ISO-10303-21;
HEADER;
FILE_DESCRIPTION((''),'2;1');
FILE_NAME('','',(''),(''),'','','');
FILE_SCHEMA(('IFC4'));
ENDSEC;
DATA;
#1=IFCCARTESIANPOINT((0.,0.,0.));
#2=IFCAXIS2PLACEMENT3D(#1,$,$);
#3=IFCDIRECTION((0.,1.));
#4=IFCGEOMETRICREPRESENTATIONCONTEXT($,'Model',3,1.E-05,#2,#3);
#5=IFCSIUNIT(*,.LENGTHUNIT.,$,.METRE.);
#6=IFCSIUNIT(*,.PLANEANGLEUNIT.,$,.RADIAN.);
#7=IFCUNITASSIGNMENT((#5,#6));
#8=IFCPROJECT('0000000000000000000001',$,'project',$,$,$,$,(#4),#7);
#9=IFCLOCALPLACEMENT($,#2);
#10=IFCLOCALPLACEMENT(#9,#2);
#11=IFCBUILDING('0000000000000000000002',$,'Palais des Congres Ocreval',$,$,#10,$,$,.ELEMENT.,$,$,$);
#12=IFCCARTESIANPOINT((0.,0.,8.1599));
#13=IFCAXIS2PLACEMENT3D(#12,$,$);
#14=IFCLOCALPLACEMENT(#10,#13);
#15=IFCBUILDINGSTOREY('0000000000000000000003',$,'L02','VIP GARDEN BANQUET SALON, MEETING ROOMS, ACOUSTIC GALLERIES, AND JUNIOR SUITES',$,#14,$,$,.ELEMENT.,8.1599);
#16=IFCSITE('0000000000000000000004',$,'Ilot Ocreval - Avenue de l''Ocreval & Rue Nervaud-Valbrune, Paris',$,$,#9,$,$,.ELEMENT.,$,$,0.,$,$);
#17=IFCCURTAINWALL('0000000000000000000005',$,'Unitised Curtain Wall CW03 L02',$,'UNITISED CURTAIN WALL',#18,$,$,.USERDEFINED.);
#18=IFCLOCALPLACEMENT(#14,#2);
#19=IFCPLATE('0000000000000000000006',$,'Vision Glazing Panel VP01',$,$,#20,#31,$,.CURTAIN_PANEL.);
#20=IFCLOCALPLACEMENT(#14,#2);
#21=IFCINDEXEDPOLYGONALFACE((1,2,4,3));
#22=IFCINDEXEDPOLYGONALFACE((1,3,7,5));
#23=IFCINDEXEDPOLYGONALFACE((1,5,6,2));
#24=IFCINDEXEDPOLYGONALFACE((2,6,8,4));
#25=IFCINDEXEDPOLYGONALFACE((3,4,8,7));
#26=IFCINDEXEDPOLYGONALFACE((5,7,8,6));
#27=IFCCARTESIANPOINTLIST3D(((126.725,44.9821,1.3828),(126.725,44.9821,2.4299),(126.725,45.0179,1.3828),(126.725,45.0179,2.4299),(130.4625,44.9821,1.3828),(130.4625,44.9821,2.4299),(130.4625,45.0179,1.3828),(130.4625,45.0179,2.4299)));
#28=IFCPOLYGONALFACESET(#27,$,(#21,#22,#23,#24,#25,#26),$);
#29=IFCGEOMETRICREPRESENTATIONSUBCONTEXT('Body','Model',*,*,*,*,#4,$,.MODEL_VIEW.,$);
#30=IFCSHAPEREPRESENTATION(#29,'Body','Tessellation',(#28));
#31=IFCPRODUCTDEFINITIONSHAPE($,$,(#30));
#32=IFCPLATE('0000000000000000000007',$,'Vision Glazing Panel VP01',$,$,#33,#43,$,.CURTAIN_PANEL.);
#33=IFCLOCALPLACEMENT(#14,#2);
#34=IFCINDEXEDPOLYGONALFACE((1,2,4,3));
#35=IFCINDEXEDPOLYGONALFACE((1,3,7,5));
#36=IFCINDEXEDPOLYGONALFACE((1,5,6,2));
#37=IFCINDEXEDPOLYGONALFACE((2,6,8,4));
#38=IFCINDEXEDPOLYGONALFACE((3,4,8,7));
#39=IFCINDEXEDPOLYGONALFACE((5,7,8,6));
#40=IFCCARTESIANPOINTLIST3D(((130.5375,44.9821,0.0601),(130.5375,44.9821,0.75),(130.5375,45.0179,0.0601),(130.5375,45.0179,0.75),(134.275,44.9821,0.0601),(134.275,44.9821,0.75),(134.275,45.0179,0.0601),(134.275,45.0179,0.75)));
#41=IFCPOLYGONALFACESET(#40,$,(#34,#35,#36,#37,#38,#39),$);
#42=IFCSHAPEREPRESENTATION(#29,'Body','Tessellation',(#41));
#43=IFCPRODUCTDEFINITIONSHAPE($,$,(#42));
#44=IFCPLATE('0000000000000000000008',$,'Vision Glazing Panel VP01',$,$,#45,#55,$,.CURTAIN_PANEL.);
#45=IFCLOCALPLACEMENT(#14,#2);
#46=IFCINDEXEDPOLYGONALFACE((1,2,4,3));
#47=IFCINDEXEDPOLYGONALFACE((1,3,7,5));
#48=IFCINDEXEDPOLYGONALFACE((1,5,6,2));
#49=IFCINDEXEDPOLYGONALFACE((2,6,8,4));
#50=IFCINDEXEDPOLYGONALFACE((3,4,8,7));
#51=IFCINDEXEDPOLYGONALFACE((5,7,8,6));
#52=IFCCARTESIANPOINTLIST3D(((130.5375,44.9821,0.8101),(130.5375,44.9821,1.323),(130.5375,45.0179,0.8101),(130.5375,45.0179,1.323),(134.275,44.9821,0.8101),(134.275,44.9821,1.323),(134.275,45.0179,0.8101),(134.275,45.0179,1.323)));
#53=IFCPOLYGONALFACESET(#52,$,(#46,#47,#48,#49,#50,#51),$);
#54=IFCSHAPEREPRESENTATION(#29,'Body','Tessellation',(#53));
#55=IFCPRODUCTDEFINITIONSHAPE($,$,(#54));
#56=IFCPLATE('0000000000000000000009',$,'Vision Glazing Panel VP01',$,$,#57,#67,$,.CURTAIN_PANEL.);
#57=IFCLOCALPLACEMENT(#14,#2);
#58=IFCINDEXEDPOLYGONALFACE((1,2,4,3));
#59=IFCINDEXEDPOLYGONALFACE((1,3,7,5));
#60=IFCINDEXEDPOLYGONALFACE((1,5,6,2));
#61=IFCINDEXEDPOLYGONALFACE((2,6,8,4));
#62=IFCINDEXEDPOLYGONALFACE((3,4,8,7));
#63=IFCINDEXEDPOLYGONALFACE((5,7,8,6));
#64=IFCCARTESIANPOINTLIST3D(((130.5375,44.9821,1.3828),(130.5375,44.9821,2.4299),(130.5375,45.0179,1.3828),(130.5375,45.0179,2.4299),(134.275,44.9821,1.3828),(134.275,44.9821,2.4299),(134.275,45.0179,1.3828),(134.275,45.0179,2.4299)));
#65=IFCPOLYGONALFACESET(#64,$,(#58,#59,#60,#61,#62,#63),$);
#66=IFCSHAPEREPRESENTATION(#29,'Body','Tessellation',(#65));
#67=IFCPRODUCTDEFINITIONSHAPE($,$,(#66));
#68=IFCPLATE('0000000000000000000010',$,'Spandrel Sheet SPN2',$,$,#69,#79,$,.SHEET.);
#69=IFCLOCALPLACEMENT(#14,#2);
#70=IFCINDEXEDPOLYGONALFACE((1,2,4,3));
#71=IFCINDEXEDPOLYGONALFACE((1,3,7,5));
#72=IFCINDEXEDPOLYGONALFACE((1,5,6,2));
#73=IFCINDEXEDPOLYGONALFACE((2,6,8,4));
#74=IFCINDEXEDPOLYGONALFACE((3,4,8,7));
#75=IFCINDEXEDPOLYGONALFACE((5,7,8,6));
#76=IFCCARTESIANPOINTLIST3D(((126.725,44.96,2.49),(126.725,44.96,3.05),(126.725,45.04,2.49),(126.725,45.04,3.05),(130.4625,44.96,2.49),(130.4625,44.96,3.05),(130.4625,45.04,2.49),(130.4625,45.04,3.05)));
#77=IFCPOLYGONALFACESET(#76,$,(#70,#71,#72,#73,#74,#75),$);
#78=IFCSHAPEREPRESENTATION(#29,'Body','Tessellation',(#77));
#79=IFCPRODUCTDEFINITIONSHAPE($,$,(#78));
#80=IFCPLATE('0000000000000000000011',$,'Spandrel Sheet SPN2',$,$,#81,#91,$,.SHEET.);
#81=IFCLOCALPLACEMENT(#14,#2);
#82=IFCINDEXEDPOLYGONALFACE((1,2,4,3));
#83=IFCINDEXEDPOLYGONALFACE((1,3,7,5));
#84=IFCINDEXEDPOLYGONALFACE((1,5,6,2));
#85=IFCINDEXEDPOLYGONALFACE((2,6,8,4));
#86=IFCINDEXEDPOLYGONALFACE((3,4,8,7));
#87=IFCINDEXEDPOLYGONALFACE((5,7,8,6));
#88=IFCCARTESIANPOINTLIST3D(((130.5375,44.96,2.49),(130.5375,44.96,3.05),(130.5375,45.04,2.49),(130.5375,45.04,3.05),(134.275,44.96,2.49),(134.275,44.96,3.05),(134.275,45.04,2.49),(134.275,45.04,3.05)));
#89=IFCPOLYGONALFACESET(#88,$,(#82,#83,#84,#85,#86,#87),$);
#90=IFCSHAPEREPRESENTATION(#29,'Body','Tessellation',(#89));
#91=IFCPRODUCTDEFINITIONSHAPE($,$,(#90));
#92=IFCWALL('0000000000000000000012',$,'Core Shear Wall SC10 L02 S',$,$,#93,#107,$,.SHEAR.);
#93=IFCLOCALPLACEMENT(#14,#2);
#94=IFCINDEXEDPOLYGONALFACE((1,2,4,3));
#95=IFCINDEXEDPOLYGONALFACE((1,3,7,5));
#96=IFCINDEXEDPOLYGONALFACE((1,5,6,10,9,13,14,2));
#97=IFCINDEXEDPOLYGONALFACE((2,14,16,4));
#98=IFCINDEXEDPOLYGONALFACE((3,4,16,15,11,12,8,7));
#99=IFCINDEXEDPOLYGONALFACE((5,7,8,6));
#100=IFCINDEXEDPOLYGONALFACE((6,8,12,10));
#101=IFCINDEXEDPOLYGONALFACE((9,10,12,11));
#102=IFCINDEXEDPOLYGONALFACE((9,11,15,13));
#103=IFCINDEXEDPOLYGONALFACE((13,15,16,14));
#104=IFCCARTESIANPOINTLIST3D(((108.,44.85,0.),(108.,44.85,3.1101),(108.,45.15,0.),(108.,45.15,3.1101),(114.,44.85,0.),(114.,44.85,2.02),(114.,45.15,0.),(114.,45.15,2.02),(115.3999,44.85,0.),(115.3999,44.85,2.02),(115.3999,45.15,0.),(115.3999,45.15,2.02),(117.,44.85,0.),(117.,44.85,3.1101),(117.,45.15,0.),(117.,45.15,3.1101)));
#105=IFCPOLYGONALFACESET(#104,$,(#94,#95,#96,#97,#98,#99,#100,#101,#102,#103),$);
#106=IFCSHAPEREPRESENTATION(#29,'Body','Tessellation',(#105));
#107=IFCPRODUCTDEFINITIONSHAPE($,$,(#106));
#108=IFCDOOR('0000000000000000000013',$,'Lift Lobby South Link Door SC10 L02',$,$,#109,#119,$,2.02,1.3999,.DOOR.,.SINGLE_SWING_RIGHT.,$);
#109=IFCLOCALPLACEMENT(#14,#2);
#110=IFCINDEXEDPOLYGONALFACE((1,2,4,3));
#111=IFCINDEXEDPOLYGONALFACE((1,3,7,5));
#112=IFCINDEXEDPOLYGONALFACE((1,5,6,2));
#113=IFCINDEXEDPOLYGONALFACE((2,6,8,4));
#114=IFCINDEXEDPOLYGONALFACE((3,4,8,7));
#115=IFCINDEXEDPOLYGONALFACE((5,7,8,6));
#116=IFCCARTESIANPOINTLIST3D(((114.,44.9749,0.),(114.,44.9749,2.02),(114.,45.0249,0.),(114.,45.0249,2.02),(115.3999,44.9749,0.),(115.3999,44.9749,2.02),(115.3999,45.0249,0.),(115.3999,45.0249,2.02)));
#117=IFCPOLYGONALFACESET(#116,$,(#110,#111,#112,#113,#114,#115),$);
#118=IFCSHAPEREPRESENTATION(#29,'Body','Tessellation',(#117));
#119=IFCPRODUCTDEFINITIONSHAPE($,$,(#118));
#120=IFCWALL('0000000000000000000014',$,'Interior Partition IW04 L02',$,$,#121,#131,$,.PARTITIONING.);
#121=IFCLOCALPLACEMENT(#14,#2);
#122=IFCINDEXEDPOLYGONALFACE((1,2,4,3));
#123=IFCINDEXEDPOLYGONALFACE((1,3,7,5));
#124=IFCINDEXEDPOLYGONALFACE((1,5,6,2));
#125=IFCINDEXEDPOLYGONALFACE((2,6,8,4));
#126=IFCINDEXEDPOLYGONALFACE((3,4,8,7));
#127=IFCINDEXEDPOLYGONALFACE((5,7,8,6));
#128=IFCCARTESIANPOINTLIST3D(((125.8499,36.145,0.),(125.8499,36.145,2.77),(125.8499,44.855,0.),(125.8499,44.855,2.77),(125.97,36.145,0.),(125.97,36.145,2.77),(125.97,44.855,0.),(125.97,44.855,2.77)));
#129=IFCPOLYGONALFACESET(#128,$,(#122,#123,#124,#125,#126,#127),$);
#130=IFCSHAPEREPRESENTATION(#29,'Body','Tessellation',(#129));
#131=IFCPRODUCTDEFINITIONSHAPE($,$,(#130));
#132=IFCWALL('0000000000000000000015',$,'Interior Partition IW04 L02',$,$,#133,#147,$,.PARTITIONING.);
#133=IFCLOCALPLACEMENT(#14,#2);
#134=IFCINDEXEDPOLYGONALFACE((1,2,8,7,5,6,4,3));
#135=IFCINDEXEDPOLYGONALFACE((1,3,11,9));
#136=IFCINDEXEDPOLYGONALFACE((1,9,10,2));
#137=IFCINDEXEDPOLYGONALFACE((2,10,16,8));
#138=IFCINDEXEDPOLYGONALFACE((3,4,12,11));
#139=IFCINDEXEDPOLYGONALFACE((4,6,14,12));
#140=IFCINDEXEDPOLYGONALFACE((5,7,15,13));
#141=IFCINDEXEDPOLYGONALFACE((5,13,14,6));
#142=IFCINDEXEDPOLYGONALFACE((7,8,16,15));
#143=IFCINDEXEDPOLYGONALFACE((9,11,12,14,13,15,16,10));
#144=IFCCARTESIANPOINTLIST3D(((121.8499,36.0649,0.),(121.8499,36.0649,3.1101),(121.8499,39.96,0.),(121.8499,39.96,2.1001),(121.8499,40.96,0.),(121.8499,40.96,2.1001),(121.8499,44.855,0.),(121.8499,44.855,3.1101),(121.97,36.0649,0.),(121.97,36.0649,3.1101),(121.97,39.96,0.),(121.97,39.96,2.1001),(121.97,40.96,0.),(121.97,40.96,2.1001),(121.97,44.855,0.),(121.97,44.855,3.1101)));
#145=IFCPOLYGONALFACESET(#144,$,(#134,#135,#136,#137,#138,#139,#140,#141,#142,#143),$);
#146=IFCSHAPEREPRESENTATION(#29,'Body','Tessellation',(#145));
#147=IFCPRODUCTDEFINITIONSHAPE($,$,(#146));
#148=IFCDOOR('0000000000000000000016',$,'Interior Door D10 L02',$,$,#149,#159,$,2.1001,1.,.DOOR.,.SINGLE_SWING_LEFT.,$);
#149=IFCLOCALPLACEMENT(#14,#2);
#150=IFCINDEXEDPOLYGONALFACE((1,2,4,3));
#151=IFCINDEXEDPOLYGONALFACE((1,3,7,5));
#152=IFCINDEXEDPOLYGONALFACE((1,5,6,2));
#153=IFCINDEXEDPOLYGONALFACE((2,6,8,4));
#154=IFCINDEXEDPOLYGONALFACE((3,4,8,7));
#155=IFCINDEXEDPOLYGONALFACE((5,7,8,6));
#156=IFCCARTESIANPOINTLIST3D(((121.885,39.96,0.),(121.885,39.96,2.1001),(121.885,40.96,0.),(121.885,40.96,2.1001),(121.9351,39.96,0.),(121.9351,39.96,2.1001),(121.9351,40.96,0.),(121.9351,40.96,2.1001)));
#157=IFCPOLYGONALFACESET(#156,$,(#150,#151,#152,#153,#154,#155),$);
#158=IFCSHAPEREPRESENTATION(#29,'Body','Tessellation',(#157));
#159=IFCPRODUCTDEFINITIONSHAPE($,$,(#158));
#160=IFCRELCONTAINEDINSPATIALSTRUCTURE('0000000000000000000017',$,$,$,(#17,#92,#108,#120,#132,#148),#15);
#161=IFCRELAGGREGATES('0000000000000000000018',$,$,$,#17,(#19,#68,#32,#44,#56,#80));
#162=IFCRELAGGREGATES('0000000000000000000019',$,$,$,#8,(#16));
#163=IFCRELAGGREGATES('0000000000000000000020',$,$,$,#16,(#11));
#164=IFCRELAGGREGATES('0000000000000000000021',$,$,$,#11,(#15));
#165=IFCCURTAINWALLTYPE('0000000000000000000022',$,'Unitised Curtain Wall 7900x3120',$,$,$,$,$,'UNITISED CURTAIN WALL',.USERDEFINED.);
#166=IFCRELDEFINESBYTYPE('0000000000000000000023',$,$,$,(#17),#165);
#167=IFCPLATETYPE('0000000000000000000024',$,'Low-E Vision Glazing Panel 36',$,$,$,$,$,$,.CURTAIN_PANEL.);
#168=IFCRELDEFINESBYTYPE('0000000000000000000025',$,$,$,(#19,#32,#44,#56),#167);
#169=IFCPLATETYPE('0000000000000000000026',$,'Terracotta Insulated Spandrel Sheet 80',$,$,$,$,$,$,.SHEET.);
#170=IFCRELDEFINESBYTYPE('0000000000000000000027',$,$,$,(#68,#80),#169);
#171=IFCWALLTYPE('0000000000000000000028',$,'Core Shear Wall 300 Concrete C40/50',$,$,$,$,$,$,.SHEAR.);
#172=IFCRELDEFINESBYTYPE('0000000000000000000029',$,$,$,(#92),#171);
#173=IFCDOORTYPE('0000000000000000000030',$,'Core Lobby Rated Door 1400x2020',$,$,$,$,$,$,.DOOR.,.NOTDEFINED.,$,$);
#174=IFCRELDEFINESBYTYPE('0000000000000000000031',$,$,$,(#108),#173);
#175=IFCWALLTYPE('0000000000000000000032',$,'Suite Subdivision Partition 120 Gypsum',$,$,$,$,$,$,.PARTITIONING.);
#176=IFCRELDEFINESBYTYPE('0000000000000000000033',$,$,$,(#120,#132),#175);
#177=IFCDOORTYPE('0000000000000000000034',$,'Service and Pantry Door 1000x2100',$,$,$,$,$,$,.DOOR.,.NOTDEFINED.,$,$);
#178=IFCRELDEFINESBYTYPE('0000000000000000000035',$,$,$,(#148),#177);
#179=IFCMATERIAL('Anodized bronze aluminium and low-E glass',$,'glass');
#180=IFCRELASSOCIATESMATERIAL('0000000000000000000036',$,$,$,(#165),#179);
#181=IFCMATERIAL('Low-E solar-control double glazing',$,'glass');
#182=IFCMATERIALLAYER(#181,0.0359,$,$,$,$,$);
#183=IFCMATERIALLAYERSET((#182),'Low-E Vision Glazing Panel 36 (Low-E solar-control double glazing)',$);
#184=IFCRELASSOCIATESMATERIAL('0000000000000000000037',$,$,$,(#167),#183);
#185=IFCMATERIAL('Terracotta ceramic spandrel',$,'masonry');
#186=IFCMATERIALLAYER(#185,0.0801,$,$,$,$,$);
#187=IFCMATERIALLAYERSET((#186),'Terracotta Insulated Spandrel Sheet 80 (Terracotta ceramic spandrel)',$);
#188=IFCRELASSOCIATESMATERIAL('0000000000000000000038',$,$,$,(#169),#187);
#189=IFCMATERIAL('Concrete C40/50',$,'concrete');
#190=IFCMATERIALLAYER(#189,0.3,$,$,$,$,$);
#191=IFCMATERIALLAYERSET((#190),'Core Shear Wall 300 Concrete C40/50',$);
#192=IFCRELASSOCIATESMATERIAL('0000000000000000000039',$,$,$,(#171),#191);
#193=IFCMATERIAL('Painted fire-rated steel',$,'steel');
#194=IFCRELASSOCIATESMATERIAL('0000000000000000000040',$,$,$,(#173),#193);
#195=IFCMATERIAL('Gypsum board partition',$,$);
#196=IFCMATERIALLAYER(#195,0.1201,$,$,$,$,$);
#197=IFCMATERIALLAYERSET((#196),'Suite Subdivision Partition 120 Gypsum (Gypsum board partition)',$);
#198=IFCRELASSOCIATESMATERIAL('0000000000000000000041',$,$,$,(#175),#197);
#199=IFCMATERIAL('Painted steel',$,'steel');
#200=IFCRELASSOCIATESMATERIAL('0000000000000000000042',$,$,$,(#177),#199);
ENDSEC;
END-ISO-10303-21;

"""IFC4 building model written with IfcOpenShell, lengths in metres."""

from ifc_helpers import new_model, si_unit, direction, frame, frame_2d, origin, origin_2d, place, context, subcontext, project, spatial, rectangle, extrude, material, layer, layer_set, type_object, element, fill, aggregate, save


model = new_model("IFC4")

# Units and contexts
model_context = context("Model", 3, precision=1e-05, world=origin(), true_north=direction((0.0, 1.0)))
body_context = subcontext(model_context, "Body", "Model", "MODEL_VIEW")
ifc_project = project(units=[si_unit("LENGTHUNIT", "METRE"), si_unit("PLANEANGLEUNIT", "RADIAN")], contexts=[model_context])

# Site, building, storey
site_placement = place(None, origin())
site = spatial("IfcSite", under=ifc_project, at=site_placement, Name="Ilot Ocreval - Avenue de l'Ocreval & Rue Nervaud-Valbrune, Paris", CompositionType="ELEMENT", RefElevation=0.0)
building_placement = place(site_placement, origin())
building = spatial("IfcBuilding", under=site, at=building_placement, Name="Palais des Congres Ocreval", CompositionType="ELEMENT")
storey_placement = place(building_placement, frame((0.0, 0.0, 8.1599)))
storey = spatial("IfcBuildingStorey", under=building, at=storey_placement, Name="L02", Description="VIP GARDEN BANQUET SALON, MEETING ROOMS, ACOUSTIC GALLERIES, AND JUNIOR SUITES", CompositionType="ELEMENT", Elevation=8.1599)

# Curtain wall
ifc_material_1 = material(Name="Anodized bronze aluminium and low-E glass", Category="glass")
curtain_wall_type = type_object("IfcCurtainWallType", Name="Unitised Curtain Wall 7900x3120", ElementType="UNITISED CURTAIN WALL", PredefinedType="USERDEFINED", material=ifc_material_1)
curtain_wall_placement = place(storey_placement, origin())
curtain_wall = element("IfcCurtainWall", 1, at=curtain_wall_placement, inside=storey, type_object=curtain_wall_type, Name="Unitised Curtain Wall CW03 L02", ObjectType="UNITISED CURTAIN WALL", PredefinedType="USERDEFINED")

# Shared definitions
ifc_material_2 = material(Name="Concrete C40/50", Category="concrete")

# Plates
ifc_material_3 = material(Name="Low-E solar-control double glazing", Category="glass")
ifc_layer_1 = layer(ifc_material_3, 0.0359)
ifc_layer_set_1 = layer_set([ifc_layer_1], Name="Low-E Vision Glazing Panel 36 (Low-E solar-control double glazing)")
plate_type_1 = type_object("IfcPlateType", Name="Low-E Vision Glazing Panel 36", PredefinedType="CURTAIN_PANEL", material=ifc_layer_set_1)
plate_1_placement = place(storey_placement, frame((128.5938, 45.0, 1.3828), z_axis=(0.0, 0.0, 1.0), x_axis=(1.0, 0.0, 0.0)))
plate_1 = element("IfcPlate", 2, at=plate_1_placement, type_object=plate_type_1, Name="Vision Glazing Panel VP01", PredefinedType="CURTAIN_PANEL", context=body_context, shape_type="SweptSolid", body=[
    extrude(rectangle(XDim=3.7375, YDim=0.0359, at=origin_2d()), origin(), (0.0, 0.0, 1.0), 1.0471),
])
plate_2_placement = place(storey_placement, frame((132.4062, 45.0, 0.0601), z_axis=(0.0, 0.0, 1.0), x_axis=(1.0, 0.0, 0.0)))
plate_2 = element("IfcPlate", 3, at=plate_2_placement, type_object=plate_type_1, Name="Vision Glazing Panel VP01", PredefinedType="CURTAIN_PANEL", context=body_context, shape_type="SweptSolid", body=[
    extrude(rectangle(XDim=3.7375, YDim=0.0359, at=origin_2d()), origin(), (0.0, 0.0, 1.0), 0.6899),
])
plate_3_placement = place(storey_placement, frame((132.4062, 45.0, 0.8101), z_axis=(0.0, 0.0, 1.0), x_axis=(1.0, 0.0, 0.0)))
plate_3 = element("IfcPlate", 4, at=plate_3_placement, type_object=plate_type_1, Name="Vision Glazing Panel VP01", PredefinedType="CURTAIN_PANEL", context=body_context, shape_type="SweptSolid", body=[
    extrude(rectangle(XDim=3.7375, YDim=0.0359, at=origin_2d()), origin(), (0.0, 0.0, 1.0), 0.5129),
])
plate_4_placement = place(storey_placement, frame((132.4062, 45.0, 1.3828), z_axis=(0.0, 0.0, 1.0), x_axis=(1.0, 0.0, 0.0)))
plate_4 = element("IfcPlate", 5, at=plate_4_placement, type_object=plate_type_1, Name="Vision Glazing Panel VP01", PredefinedType="CURTAIN_PANEL", context=body_context, shape_type="SweptSolid", body=[
    extrude(rectangle(XDim=3.7375, YDim=0.0359, at=origin_2d()), origin(), (0.0, 0.0, 1.0), 1.0471),
])
ifc_material_4 = material(Name="Terracotta ceramic spandrel", Category="masonry")
ifc_layer_2 = layer(ifc_material_4, 0.0801)
ifc_layer_set_2 = layer_set([ifc_layer_2], Name="Terracotta Insulated Spandrel Sheet 80 (Terracotta ceramic spandrel)")
plate_type_2 = type_object("IfcPlateType", Name="Terracotta Insulated Spandrel Sheet 80", PredefinedType="SHEET", material=ifc_layer_set_2)
plate_5_placement = place(storey_placement, frame((128.5938, 45.0, 2.49), z_axis=(0.0, 0.0, 1.0), x_axis=(1.0, 0.0, 0.0)))
plate_5 = element("IfcPlate", 6, at=plate_5_placement, type_object=plate_type_2, Name="Spandrel Sheet SPN2", PredefinedType="SHEET", context=body_context, shape_type="SweptSolid", body=[
    extrude(rectangle(XDim=3.7375, YDim=0.0801, at=origin_2d()), origin(), (0.0, 0.0, 1.0), 0.5601),
])
plate_6_placement = place(storey_placement, frame((132.4062, 45.0, 2.49), z_axis=(0.0, 0.0, 1.0), x_axis=(1.0, 0.0, 0.0)))
plate_6 = element("IfcPlate", 7, at=plate_6_placement, type_object=plate_type_2, Name="Spandrel Sheet SPN2", PredefinedType="SHEET", context=body_context, shape_type="SweptSolid", body=[
    extrude(rectangle(XDim=3.7375, YDim=0.0801, at=origin_2d()), origin(), (0.0, 0.0, 1.0), 0.5601),
])
aggregate(curtain_wall, [plate_1, plate_5, plate_2, plate_3, plate_4, plate_6])

# Wall, opening, door
ifc_layer_3 = layer(ifc_material_2, 0.3)
ifc_layer_set_3 = layer_set([ifc_layer_3], Name="Core Shear Wall 300 Concrete C40/50")
wall_type_1 = type_object("IfcWallType", Name="Core Shear Wall 300 Concrete C40/50", PredefinedType="SHEAR", material=ifc_layer_set_3)
wall_1_placement = place(storey_placement, frame((108.0, 45.0, 0.0), z_axis=(0.0, 0.0, 1.0), x_axis=(1.0, 0.0, 0.0)))
wall_1 = element("IfcWall", 8, at=wall_1_placement, inside=storey, type_object=wall_type_1, Name="Core Shear Wall SC10 L02 S", PredefinedType="SHEAR", context=body_context, shape_type="SweptSolid", body=[
    extrude(rectangle(XDim=9.0, YDim=0.3, at=frame_2d((4.5, 0.0))), origin(), (0.0, 0.0, 1.0), 3.1101),
])
opening_1_placement = place(wall_1_placement, frame((6.0, 0.0, 0.0)))
opening_1 = element("IfcOpeningElement", 9, at=opening_1_placement, cuts=wall_1, PredefinedType="OPENING", context=body_context, shape_type="SweptSolid", body=[
    extrude(rectangle(XDim=1.3999, YDim=2.02, at=frame_2d((0.7, 1.01))), frame((0.0, 0.1599, 0.0), z_axis=(0.0, -1.0, 0.0), x_axis=(1.0, 0.0, 0.0)), (0.0, 0.0, 1.0), 0.3201),
])
ifc_material_5 = material(Name="Painted fire-rated steel", Category="steel")
door_type_1 = type_object("IfcDoorType", Name="Core Lobby Rated Door 1400x2020", OperationType="NOTDEFINED", PredefinedType="DOOR", material=ifc_material_5)
door_1_placement = place(opening_1_placement, origin())
door_1 = element("IfcDoor", 10, at=door_1_placement, inside=storey, type_object=door_type_1, Name="Lift Lobby South Link Door SC10 L02", OperationType="SINGLE_SWING_RIGHT", OverallHeight=2.02, OverallWidth=1.3999, PredefinedType="DOOR", context=body_context, shape_type="SweptSolid", body=[
    extrude(rectangle(XDim=1.3999, YDim=2.02, at=frame_2d((0.7, 1.01))), frame((0.0, 0.0249, 0.0), z_axis=(0.0, -1.0, 0.0), x_axis=(1.0, 0.0, 0.0)), (0.0, 0.0, 1.0), 0.05),
])
fill(opening_1, door_1)

# Wall
ifc_material_6 = material(Name="Gypsum board partition")
ifc_layer_4 = layer(ifc_material_6, 0.1201)
ifc_layer_set_4 = layer_set([ifc_layer_4], Name="Suite Subdivision Partition 120 Gypsum (Gypsum board partition)")
wall_type_2 = type_object("IfcWallType", Name="Suite Subdivision Partition 120 Gypsum", PredefinedType="PARTITIONING", material=ifc_layer_set_4)
wall_2_placement = place(storey_placement, frame((125.9099, 36.145, 0.0), z_axis=(0.0, 0.0, 1.0), x_axis=(0.0, 1.0, 0.0)))
element("IfcWall", 11, at=wall_2_placement, inside=storey, type_object=wall_type_2, Name="Interior Partition IW04 L02", PredefinedType="PARTITIONING", context=body_context, shape_type="SweptSolid", body=[
    extrude(rectangle(XDim=8.71, YDim=0.1201, at=frame_2d((4.355, 0.0))), origin(), (0.0, 0.0, 1.0), 2.77),
])

# Wall, opening, door
wall_3_placement = place(storey_placement, frame((121.9099, 36.0649, 0.0), z_axis=(0.0, 0.0, 1.0), x_axis=(0.0, 1.0, 0.0)))
wall_3 = element("IfcWall", 12, at=wall_3_placement, inside=storey, type_object=wall_type_2, Name="Interior Partition IW04 L02", PredefinedType="PARTITIONING", context=body_context, shape_type="SweptSolid", body=[
    extrude(rectangle(XDim=8.79, YDim=0.1201, at=frame_2d((4.395, 0.0))), origin(), (0.0, 0.0, 1.0), 3.1101),
])
opening_2_placement = place(wall_3_placement, frame((3.895, 0.0, 0.0)))
opening_2 = element("IfcOpeningElement", 13, at=opening_2_placement, cuts=wall_3, PredefinedType="OPENING", context=body_context, shape_type="SweptSolid", body=[
    extrude(rectangle(XDim=1.0, YDim=2.1001, at=frame_2d((0.5, 1.05))), frame((0.0, 0.0701, 0.0), z_axis=(0.0, -1.0, 0.0), x_axis=(1.0, 0.0, 0.0)), (0.0, 0.0, 1.0), 0.1401),
])
ifc_material_7 = material(Name="Painted steel", Category="steel")
door_type_2 = type_object("IfcDoorType", Name="Service and Pantry Door 1000x2100", OperationType="NOTDEFINED", PredefinedType="DOOR", material=ifc_material_7)
door_2_placement = place(opening_2_placement, origin())
door_2 = element("IfcDoor", 14, at=door_2_placement, inside=storey, type_object=door_type_2, Name="Interior Door D10 L02", OperationType="SINGLE_SWING_LEFT", OverallHeight=2.1001, OverallWidth=1.0, PredefinedType="DOOR", context=body_context, shape_type="SweptSolid", body=[
    extrude(rectangle(XDim=1.0, YDim=2.1001, at=frame_2d((0.5, 1.05))), frame((0.0, 0.0249, 0.0), z_axis=(0.0, -1.0, 0.0), x_axis=(1.0, 0.0, 0.0)), (0.0, 0.0, 1.0), 0.05),
])
fill(opening_2, door_2)

save(model, "model.ifc")
